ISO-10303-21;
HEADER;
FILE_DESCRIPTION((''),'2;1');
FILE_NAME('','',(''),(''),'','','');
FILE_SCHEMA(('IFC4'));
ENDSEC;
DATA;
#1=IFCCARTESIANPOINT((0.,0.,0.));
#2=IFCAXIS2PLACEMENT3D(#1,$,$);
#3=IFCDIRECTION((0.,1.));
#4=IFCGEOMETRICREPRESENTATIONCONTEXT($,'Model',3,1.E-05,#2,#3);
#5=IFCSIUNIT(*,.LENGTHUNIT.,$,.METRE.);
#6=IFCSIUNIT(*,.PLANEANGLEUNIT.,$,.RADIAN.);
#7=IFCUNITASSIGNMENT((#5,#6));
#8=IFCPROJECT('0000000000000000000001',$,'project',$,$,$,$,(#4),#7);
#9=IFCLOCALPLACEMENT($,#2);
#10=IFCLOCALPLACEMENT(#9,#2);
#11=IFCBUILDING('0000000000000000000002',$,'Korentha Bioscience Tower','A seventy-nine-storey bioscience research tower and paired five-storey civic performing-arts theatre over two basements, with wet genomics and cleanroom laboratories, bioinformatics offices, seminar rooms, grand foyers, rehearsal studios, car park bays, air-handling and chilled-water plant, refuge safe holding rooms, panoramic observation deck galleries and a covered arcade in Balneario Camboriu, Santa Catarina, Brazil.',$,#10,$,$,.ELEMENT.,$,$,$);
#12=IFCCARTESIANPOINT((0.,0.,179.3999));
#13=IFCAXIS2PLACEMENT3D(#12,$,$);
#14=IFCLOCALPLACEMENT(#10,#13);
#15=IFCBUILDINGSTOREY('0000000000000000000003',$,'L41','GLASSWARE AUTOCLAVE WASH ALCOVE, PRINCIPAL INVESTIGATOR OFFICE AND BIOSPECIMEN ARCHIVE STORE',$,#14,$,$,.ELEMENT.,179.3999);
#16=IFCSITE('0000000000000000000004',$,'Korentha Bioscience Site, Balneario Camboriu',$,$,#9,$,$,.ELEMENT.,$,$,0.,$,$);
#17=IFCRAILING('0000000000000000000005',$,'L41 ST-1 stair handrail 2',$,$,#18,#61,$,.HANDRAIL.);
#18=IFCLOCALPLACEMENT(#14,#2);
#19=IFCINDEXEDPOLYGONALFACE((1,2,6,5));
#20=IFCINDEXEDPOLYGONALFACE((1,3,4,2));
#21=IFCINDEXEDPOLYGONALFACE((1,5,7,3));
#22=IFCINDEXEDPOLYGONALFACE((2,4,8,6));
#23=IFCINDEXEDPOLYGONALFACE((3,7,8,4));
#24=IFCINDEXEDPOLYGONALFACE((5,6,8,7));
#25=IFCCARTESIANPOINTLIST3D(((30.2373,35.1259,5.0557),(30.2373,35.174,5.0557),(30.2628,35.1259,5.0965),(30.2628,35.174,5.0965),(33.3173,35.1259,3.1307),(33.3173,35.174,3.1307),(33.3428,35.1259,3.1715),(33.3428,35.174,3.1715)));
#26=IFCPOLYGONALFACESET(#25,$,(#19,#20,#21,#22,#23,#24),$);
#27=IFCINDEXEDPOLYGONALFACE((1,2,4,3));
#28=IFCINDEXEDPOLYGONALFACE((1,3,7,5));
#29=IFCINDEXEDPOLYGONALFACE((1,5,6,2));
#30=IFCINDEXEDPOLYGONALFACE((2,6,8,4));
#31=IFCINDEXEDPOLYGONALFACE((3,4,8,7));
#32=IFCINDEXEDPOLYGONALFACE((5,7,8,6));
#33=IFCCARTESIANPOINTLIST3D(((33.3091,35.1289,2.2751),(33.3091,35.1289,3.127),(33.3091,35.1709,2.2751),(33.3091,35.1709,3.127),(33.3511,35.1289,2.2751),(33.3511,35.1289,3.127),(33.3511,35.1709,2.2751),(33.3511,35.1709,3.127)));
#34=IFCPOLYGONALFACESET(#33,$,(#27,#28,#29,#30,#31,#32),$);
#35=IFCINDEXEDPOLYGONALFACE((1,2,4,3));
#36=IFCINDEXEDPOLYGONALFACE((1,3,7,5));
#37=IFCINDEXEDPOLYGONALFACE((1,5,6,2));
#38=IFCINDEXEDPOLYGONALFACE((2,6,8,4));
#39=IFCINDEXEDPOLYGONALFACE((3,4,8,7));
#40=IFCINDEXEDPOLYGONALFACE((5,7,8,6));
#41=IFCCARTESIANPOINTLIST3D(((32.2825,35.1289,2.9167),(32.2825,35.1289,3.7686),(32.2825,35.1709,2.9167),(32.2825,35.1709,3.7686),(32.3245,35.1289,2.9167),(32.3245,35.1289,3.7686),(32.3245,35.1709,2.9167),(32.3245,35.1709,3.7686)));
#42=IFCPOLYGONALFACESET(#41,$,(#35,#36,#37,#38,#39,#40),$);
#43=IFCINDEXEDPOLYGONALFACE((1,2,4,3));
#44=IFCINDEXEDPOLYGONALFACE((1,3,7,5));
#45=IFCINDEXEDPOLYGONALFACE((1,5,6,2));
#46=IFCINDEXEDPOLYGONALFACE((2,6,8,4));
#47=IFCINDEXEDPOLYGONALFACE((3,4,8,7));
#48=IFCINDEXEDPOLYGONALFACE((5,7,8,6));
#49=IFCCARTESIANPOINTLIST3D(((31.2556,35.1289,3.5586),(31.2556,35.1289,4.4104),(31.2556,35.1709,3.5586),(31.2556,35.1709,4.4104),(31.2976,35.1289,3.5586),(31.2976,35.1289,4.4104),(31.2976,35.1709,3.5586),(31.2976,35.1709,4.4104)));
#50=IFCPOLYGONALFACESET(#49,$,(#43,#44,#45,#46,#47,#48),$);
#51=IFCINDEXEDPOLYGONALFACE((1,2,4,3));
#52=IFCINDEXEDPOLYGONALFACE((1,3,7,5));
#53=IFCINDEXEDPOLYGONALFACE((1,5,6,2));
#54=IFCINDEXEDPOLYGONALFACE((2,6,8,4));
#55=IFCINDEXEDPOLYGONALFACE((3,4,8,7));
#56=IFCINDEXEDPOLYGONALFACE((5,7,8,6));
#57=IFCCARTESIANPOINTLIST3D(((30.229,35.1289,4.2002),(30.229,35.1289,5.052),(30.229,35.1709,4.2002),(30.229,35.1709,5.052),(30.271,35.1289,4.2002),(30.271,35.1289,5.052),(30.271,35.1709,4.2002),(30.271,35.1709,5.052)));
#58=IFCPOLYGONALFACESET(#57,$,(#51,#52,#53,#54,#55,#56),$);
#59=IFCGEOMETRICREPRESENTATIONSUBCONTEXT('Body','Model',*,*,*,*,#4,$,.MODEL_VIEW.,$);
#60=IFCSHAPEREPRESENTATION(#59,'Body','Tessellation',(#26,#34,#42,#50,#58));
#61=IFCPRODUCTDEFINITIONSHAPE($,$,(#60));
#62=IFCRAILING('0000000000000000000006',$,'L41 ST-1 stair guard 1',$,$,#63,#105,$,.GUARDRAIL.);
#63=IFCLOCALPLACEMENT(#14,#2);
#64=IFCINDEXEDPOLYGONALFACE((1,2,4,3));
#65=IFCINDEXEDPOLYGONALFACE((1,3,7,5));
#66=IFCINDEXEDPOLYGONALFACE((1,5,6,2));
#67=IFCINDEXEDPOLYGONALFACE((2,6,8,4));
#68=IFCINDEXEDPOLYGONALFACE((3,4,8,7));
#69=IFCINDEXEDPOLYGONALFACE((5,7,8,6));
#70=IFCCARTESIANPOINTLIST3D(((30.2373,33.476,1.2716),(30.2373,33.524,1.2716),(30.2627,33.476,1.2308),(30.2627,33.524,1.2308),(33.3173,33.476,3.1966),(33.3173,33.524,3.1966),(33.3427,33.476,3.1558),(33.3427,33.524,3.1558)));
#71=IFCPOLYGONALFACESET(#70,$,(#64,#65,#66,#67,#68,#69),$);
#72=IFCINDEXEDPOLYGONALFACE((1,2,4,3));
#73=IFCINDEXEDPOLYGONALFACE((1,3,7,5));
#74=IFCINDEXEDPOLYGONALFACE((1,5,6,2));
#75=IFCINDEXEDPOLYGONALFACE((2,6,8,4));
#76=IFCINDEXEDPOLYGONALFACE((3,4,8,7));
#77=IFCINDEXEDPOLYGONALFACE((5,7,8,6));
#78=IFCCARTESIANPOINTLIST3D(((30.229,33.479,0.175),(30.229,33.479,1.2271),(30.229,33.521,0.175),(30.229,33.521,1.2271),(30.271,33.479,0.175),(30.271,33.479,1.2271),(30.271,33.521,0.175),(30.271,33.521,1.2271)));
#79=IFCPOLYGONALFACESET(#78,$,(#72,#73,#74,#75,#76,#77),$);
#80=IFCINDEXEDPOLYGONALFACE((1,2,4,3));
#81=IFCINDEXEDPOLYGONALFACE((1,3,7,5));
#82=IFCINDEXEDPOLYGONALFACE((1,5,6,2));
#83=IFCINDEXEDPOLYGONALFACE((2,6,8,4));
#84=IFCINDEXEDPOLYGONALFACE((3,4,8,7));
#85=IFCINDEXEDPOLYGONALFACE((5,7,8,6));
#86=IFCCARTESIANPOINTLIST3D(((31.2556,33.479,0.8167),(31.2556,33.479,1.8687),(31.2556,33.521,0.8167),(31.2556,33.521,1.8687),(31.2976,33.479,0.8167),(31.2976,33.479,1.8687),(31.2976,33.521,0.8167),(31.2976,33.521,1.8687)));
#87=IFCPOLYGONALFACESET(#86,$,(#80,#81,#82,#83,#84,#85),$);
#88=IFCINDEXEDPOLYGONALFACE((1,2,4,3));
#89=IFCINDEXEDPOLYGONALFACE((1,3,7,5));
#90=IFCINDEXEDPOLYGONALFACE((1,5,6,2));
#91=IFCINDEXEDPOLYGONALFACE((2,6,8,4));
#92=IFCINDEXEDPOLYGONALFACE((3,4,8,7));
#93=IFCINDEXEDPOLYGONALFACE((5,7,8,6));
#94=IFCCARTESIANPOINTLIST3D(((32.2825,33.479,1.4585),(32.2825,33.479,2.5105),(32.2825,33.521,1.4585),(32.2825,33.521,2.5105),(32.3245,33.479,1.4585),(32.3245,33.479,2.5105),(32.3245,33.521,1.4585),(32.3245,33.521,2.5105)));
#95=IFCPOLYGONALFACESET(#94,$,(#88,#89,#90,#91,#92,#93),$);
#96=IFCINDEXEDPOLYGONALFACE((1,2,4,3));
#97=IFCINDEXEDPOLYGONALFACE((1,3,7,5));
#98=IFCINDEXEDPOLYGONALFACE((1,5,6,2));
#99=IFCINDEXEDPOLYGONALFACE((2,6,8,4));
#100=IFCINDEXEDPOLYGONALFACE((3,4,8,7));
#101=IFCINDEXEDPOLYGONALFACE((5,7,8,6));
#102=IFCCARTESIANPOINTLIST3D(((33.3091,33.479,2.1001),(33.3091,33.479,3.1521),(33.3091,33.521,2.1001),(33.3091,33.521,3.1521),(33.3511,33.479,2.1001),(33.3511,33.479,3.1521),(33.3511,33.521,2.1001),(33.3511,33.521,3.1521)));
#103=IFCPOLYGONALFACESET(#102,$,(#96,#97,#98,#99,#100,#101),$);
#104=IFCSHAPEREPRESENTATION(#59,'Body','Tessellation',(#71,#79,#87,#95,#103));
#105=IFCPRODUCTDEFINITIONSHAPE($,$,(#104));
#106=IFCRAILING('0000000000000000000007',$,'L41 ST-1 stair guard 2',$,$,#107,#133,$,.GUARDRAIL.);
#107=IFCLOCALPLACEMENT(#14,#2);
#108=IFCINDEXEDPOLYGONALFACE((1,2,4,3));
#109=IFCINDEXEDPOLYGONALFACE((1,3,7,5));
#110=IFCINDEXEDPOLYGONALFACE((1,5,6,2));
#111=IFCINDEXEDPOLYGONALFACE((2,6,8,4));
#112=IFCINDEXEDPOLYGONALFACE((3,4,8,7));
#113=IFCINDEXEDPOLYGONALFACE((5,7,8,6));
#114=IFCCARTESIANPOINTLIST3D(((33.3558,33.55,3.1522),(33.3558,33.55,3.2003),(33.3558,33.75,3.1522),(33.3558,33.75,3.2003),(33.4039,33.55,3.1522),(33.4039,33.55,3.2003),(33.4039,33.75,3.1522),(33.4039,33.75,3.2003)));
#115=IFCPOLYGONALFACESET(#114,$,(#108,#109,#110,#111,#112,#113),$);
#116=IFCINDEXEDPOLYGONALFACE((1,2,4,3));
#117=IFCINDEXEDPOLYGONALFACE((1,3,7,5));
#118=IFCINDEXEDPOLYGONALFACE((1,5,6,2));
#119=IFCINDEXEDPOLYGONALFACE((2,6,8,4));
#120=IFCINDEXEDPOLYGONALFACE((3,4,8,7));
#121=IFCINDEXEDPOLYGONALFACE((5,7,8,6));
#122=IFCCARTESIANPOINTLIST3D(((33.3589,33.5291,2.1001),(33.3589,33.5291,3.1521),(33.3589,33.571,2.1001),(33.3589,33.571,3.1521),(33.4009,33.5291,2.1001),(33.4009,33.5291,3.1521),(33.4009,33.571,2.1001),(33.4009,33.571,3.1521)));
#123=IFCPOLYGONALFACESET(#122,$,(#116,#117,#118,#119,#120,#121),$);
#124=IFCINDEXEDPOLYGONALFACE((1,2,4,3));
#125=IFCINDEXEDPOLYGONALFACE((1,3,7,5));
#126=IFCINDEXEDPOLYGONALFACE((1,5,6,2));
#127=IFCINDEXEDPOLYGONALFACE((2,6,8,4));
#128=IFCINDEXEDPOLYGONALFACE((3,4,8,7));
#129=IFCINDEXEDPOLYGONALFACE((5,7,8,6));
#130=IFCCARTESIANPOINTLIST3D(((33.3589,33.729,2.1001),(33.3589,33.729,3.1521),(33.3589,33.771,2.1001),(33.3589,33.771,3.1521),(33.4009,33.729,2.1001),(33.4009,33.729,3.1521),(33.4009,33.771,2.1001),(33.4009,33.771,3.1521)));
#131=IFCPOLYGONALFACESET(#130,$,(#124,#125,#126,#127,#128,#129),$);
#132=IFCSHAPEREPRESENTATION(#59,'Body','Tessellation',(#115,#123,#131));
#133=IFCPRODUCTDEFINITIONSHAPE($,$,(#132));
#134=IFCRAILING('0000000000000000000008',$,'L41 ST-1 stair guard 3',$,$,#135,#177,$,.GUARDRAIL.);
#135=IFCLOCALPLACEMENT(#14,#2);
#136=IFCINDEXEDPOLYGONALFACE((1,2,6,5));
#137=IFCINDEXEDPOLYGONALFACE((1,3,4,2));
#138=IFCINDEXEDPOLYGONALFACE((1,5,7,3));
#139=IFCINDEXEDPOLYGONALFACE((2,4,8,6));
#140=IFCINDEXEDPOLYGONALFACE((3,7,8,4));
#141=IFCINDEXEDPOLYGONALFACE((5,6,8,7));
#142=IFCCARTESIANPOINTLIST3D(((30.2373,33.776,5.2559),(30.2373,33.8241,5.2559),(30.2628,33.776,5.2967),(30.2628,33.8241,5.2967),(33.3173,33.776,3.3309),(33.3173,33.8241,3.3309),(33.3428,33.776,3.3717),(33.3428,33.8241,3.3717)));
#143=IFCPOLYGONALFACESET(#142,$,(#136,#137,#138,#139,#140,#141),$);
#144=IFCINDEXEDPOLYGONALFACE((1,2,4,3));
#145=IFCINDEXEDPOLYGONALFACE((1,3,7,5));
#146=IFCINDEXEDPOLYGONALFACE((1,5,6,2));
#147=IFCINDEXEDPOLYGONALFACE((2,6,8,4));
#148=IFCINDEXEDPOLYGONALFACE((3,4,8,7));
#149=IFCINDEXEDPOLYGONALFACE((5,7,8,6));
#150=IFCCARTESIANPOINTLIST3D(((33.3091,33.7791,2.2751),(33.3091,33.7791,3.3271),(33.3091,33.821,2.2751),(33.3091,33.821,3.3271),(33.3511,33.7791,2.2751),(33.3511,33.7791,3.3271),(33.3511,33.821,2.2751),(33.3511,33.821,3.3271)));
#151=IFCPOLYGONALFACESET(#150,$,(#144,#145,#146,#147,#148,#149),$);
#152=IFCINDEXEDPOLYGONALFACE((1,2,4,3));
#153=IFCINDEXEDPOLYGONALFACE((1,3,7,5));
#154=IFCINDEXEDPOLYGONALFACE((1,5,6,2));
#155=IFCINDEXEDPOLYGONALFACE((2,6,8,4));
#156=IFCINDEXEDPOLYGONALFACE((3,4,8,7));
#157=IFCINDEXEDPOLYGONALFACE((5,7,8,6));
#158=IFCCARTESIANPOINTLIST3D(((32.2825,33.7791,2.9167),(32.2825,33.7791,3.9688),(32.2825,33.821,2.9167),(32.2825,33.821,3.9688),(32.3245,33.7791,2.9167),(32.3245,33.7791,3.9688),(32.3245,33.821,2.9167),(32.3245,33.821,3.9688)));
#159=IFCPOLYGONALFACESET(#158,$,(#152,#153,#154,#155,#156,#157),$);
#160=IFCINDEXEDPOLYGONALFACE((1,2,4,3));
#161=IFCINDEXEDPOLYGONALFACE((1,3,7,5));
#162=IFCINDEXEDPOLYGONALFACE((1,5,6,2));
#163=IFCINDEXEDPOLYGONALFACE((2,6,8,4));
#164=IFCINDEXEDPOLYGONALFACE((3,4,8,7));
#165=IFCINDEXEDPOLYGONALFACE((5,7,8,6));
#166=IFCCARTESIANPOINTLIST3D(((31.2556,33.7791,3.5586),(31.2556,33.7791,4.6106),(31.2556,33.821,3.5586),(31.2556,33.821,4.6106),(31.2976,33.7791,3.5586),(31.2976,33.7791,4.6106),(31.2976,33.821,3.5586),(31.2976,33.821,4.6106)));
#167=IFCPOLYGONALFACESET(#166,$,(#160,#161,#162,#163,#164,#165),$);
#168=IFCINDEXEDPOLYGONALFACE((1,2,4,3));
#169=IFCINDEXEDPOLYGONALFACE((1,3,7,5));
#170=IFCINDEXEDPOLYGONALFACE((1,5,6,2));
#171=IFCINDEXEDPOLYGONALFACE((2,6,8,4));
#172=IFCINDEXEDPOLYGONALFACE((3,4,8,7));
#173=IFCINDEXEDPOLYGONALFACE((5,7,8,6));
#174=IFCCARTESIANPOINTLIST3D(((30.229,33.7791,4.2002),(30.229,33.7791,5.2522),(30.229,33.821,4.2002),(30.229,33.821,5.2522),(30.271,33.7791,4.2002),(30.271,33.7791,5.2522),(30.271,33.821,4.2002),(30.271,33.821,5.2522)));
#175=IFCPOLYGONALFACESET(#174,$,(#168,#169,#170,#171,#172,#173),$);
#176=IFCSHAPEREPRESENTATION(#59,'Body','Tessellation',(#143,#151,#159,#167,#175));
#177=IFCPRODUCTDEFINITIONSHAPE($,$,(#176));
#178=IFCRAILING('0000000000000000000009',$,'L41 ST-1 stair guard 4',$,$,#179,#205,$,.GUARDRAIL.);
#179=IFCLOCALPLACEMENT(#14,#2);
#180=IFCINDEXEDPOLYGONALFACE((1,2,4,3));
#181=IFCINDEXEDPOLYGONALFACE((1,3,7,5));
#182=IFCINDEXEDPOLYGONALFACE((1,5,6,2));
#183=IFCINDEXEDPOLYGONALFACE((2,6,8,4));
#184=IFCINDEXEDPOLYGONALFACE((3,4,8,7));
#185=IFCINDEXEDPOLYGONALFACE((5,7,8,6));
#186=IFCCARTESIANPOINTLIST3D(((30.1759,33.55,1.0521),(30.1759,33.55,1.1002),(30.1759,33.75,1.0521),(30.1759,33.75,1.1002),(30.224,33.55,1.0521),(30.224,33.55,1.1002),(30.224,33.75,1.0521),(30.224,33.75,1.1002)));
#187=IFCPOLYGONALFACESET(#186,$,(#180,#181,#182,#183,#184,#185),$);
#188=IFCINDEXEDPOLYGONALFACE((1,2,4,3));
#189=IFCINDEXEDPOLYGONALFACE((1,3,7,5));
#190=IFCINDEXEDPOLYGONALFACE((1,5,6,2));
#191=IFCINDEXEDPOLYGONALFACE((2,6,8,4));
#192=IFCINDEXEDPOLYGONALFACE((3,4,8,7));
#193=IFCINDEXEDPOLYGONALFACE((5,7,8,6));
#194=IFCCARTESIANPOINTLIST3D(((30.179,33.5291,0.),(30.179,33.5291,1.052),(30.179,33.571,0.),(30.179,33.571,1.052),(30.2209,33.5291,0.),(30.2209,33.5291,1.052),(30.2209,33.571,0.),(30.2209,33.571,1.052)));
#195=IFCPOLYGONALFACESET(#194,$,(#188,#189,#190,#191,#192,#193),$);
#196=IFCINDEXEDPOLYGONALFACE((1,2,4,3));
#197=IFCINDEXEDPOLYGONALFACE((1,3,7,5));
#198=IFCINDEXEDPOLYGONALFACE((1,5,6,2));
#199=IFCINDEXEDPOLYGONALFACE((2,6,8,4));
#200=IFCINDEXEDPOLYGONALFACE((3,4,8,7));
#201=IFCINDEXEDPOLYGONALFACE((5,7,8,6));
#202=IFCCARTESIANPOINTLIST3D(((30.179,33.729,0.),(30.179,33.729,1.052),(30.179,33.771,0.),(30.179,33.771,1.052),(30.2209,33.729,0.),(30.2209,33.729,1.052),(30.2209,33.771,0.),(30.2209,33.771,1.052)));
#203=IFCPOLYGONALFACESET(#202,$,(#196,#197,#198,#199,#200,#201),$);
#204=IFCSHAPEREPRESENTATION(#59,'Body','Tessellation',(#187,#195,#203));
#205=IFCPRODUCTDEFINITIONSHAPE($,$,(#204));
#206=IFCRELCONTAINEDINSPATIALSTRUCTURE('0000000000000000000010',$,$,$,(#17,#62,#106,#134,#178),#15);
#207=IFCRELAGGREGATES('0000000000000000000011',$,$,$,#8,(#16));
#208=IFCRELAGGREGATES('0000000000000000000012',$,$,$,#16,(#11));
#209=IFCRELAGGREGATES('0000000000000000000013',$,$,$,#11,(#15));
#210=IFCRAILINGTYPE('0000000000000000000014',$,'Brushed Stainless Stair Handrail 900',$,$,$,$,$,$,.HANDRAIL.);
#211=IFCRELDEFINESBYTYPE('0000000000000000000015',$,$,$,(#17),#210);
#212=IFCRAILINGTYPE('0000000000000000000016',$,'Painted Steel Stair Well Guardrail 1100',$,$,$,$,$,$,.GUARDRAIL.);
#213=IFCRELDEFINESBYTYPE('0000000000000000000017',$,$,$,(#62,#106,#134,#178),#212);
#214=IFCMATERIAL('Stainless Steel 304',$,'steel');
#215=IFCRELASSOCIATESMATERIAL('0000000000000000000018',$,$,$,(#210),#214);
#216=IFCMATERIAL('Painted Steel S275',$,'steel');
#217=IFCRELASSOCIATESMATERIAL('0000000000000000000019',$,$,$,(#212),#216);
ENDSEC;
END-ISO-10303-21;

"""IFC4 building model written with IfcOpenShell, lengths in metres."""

from ifc_helpers import new_model, si_unit, direction, frame, origin, origin_2d, place, context, subcontext, project, spatial, rectangle, extrude, material, type_object, element, save


model = new_model("IFC4")

# Units and contexts
model_context = context("Model", 3, precision=1e-05, world=origin(), true_north=direction((0.0, 1.0)))
body_context = subcontext(model_context, "Body", "Model", "MODEL_VIEW")
ifc_project = project(units=[si_unit("LENGTHUNIT", "METRE"), si_unit("PLANEANGLEUNIT", "RADIAN")], contexts=[model_context])

# Site, building, storey
site_placement = place(None, origin())
site = spatial("IfcSite", under=ifc_project, at=site_placement, Name="Korentha Bioscience Site, Balneario Camboriu", CompositionType="ELEMENT", RefElevation=0.0)
building_placement = place(site_placement, origin())
building = spatial("IfcBuilding", under=site, at=building_placement, Name="Korentha Bioscience Tower", Description="A seventy-nine-storey bioscience research tower and paired five-storey civic performing-arts theatre over two basements, with wet genomics and cleanroom laboratories, bioinformatics offices, seminar rooms, grand foyers, rehearsal studios, car park bays, air-handling and chilled-water plant, refuge safe holding rooms, panoramic observation deck galleries and a covered arcade in Balneario Camboriu, Santa Catarina, Brazil.", CompositionType="ELEMENT")
storey_placement = place(building_placement, frame((0.0, 0.0, 179.3999)))
storey = spatial("IfcBuildingStorey", under=building, at=storey_placement, Name="L41", Description="GLASSWARE AUTOCLAVE WASH ALCOVE, PRINCIPAL INVESTIGATOR OFFICE AND BIOSPECIMEN ARCHIVE STORE", CompositionType="ELEMENT", Elevation=179.3999)

# Railings
ifc_material_1 = material(Name="Stainless Steel 304", Category="steel")
railing_type_1 = type_object("IfcRailingType", Name="Brushed Stainless Stair Handrail 900", PredefinedType="HANDRAIL", material=ifc_material_1)
railing_1_placement = place(storey_placement, frame((33.3301, 35.1499, 2.2751)))
element("IfcRailing", 1, at=railing_1_placement, inside=storey, type_object=railing_type_1, Name="L41 ST-1 stair handrail 2", PredefinedType="HANDRAIL", context=body_context, shape_type="SweptSolid", body=[
    extrude(rectangle(XDim=0.0481, YDim=0.0481, at=origin_2d()), frame((0.0, 0.0, 0.876), z_axis=(-0.847998, 0.0, 0.529999), x_axis=(0.0, -1.0, 0.0)), (0.0, 0.0, 1.0), 3.6321),
    extrude(rectangle(XDim=0.042, YDim=0.042, at=origin_2d()), origin(), (0.0, 0.0, 1.0), 0.8518),
    extrude(rectangle(XDim=0.042, YDim=0.042, at=origin_2d()), frame((-1.0266, 0.0, 0.6416)), (0.0, 0.0, 1.0), 0.8518),
    extrude(rectangle(XDim=0.042, YDim=0.042, at=origin_2d()), frame((-2.0535, 0.0, 1.2834)), (0.0, 0.0, 1.0), 0.8518),
    extrude(rectangle(XDim=0.042, YDim=0.042, at=origin_2d()), frame((-3.0801, 0.0, 1.925)), (0.0, 0.0, 1.0), 0.8518),
])
ifc_material_2 = material(Name="Painted Steel S275", Category="steel")
railing_type_2 = type_object("IfcRailingType", Name="Painted Steel Stair Well Guardrail 1100", PredefinedType="GUARDRAIL", material=ifc_material_2)
railing_2_placement = place(storey_placement, frame((30.25, 33.5, 0.175)))
element("IfcRailing", 2, at=railing_2_placement, inside=storey, type_object=railing_type_2, Name="L41 ST-1 stair guard 1", PredefinedType="GUARDRAIL", context=body_context, shape_type="SweptSolid", body=[
    extrude(rectangle(XDim=0.0481, YDim=0.0481, at=origin_2d()), frame((0.0, 0.0, 1.0762), z_axis=(0.847998, 0.0, 0.529999), x_axis=(0.0, 1.0, 0.0)), (0.0, 0.0, 1.0), 3.6321),
    extrude(rectangle(XDim=0.042, YDim=0.042, at=origin_2d()), origin(), (0.0, 0.0, 1.0), 1.052),
    extrude(rectangle(XDim=0.042, YDim=0.042, at=origin_2d()), frame((1.0266, 0.0, 0.6416)), (0.0, 0.0, 1.0), 1.052),
    extrude(rectangle(XDim=0.042, YDim=0.042, at=origin_2d()), frame((2.0535, 0.0, 1.2834)), (0.0, 0.0, 1.0), 1.052),
    extrude(rectangle(XDim=0.042, YDim=0.042, at=origin_2d()), frame((3.0801, 0.0, 1.925)), (0.0, 0.0, 1.0), 1.052),
])
railing_3_placement = place(storey_placement, frame((33.3799, 33.55, 2.1001)))
element("IfcRailing", 3, at=railing_3_placement, inside=storey, type_object=railing_type_2, Name="L41 ST-1 stair guard 2", PredefinedType="GUARDRAIL", context=body_context, shape_type="SweptSolid", body=[
    extrude(rectangle(XDim=0.0481, YDim=0.0481, at=origin_2d()), frame((0.0, 0.0, 1.0762), z_axis=(0.0, 1.0, 0.0), x_axis=(-1.0, 0.0, 0.0)), (0.0, 0.0, 1.0), 0.2),
    extrude(rectangle(XDim=0.042, YDim=0.042, at=origin_2d()), origin(), (0.0, 0.0, 1.0), 1.052),
    extrude(rectangle(XDim=0.042, YDim=0.042, at=origin_2d()), frame((0.0, 0.2, 0.0)), (0.0, 0.0, 1.0), 1.052),
])
railing_4_placement = place(storey_placement, frame((33.3301, 33.8, 2.2751)))
element("IfcRailing", 4, at=railing_4_placement, inside=storey, type_object=railing_type_2, Name="L41 ST-1 stair guard 3", PredefinedType="GUARDRAIL", context=body_context, shape_type="SweptSolid", body=[
    extrude(rectangle(XDim=0.0481, YDim=0.0481, at=origin_2d()), frame((0.0, 0.0, 1.0762), z_axis=(-0.847998, 0.0, 0.529999), x_axis=(0.0, -1.0, 0.0)), (0.0, 0.0, 1.0), 3.6321),
    extrude(rectangle(XDim=0.042, YDim=0.042, at=origin_2d()), origin(), (0.0, 0.0, 1.0), 1.052),
    extrude(rectangle(XDim=0.042, YDim=0.042, at=origin_2d()), frame((-1.0266, 0.0, 0.6416)), (0.0, 0.0, 1.0), 1.052),
    extrude(rectangle(XDim=0.042, YDim=0.042, at=origin_2d()), frame((-2.0535, 0.0, 1.2834)), (0.0, 0.0, 1.0), 1.052),
    extrude(rectangle(XDim=0.042, YDim=0.042, at=origin_2d()), frame((-3.0801, 0.0, 1.925)), (0.0, 0.0, 1.0), 1.052),
])
railing_5_placement = place(storey_placement, frame((30.2, 33.55, 0.0)))
element("IfcRailing", 5, at=railing_5_placement, inside=storey, type_object=railing_type_2, Name="L41 ST-1 stair guard 4", PredefinedType="GUARDRAIL", context=body_context, shape_type="SweptSolid", body=[
    extrude(rectangle(XDim=0.0481, YDim=0.0481, at=origin_2d()), frame((0.0, 0.0, 1.0762), z_axis=(0.0, 1.0, 0.0), x_axis=(-1.0, 0.0, 0.0)), (0.0, 0.0, 1.0), 0.2),
    extrude(rectangle(XDim=0.042, YDim=0.042, at=origin_2d()), origin(), (0.0, 0.0, 1.0), 1.052),
    extrude(rectangle(XDim=0.042, YDim=0.042, at=origin_2d()), frame((0.0, 0.2, 0.0)), (0.0, 0.0, 1.0), 1.052),
])

save(model, "model.ifc")
